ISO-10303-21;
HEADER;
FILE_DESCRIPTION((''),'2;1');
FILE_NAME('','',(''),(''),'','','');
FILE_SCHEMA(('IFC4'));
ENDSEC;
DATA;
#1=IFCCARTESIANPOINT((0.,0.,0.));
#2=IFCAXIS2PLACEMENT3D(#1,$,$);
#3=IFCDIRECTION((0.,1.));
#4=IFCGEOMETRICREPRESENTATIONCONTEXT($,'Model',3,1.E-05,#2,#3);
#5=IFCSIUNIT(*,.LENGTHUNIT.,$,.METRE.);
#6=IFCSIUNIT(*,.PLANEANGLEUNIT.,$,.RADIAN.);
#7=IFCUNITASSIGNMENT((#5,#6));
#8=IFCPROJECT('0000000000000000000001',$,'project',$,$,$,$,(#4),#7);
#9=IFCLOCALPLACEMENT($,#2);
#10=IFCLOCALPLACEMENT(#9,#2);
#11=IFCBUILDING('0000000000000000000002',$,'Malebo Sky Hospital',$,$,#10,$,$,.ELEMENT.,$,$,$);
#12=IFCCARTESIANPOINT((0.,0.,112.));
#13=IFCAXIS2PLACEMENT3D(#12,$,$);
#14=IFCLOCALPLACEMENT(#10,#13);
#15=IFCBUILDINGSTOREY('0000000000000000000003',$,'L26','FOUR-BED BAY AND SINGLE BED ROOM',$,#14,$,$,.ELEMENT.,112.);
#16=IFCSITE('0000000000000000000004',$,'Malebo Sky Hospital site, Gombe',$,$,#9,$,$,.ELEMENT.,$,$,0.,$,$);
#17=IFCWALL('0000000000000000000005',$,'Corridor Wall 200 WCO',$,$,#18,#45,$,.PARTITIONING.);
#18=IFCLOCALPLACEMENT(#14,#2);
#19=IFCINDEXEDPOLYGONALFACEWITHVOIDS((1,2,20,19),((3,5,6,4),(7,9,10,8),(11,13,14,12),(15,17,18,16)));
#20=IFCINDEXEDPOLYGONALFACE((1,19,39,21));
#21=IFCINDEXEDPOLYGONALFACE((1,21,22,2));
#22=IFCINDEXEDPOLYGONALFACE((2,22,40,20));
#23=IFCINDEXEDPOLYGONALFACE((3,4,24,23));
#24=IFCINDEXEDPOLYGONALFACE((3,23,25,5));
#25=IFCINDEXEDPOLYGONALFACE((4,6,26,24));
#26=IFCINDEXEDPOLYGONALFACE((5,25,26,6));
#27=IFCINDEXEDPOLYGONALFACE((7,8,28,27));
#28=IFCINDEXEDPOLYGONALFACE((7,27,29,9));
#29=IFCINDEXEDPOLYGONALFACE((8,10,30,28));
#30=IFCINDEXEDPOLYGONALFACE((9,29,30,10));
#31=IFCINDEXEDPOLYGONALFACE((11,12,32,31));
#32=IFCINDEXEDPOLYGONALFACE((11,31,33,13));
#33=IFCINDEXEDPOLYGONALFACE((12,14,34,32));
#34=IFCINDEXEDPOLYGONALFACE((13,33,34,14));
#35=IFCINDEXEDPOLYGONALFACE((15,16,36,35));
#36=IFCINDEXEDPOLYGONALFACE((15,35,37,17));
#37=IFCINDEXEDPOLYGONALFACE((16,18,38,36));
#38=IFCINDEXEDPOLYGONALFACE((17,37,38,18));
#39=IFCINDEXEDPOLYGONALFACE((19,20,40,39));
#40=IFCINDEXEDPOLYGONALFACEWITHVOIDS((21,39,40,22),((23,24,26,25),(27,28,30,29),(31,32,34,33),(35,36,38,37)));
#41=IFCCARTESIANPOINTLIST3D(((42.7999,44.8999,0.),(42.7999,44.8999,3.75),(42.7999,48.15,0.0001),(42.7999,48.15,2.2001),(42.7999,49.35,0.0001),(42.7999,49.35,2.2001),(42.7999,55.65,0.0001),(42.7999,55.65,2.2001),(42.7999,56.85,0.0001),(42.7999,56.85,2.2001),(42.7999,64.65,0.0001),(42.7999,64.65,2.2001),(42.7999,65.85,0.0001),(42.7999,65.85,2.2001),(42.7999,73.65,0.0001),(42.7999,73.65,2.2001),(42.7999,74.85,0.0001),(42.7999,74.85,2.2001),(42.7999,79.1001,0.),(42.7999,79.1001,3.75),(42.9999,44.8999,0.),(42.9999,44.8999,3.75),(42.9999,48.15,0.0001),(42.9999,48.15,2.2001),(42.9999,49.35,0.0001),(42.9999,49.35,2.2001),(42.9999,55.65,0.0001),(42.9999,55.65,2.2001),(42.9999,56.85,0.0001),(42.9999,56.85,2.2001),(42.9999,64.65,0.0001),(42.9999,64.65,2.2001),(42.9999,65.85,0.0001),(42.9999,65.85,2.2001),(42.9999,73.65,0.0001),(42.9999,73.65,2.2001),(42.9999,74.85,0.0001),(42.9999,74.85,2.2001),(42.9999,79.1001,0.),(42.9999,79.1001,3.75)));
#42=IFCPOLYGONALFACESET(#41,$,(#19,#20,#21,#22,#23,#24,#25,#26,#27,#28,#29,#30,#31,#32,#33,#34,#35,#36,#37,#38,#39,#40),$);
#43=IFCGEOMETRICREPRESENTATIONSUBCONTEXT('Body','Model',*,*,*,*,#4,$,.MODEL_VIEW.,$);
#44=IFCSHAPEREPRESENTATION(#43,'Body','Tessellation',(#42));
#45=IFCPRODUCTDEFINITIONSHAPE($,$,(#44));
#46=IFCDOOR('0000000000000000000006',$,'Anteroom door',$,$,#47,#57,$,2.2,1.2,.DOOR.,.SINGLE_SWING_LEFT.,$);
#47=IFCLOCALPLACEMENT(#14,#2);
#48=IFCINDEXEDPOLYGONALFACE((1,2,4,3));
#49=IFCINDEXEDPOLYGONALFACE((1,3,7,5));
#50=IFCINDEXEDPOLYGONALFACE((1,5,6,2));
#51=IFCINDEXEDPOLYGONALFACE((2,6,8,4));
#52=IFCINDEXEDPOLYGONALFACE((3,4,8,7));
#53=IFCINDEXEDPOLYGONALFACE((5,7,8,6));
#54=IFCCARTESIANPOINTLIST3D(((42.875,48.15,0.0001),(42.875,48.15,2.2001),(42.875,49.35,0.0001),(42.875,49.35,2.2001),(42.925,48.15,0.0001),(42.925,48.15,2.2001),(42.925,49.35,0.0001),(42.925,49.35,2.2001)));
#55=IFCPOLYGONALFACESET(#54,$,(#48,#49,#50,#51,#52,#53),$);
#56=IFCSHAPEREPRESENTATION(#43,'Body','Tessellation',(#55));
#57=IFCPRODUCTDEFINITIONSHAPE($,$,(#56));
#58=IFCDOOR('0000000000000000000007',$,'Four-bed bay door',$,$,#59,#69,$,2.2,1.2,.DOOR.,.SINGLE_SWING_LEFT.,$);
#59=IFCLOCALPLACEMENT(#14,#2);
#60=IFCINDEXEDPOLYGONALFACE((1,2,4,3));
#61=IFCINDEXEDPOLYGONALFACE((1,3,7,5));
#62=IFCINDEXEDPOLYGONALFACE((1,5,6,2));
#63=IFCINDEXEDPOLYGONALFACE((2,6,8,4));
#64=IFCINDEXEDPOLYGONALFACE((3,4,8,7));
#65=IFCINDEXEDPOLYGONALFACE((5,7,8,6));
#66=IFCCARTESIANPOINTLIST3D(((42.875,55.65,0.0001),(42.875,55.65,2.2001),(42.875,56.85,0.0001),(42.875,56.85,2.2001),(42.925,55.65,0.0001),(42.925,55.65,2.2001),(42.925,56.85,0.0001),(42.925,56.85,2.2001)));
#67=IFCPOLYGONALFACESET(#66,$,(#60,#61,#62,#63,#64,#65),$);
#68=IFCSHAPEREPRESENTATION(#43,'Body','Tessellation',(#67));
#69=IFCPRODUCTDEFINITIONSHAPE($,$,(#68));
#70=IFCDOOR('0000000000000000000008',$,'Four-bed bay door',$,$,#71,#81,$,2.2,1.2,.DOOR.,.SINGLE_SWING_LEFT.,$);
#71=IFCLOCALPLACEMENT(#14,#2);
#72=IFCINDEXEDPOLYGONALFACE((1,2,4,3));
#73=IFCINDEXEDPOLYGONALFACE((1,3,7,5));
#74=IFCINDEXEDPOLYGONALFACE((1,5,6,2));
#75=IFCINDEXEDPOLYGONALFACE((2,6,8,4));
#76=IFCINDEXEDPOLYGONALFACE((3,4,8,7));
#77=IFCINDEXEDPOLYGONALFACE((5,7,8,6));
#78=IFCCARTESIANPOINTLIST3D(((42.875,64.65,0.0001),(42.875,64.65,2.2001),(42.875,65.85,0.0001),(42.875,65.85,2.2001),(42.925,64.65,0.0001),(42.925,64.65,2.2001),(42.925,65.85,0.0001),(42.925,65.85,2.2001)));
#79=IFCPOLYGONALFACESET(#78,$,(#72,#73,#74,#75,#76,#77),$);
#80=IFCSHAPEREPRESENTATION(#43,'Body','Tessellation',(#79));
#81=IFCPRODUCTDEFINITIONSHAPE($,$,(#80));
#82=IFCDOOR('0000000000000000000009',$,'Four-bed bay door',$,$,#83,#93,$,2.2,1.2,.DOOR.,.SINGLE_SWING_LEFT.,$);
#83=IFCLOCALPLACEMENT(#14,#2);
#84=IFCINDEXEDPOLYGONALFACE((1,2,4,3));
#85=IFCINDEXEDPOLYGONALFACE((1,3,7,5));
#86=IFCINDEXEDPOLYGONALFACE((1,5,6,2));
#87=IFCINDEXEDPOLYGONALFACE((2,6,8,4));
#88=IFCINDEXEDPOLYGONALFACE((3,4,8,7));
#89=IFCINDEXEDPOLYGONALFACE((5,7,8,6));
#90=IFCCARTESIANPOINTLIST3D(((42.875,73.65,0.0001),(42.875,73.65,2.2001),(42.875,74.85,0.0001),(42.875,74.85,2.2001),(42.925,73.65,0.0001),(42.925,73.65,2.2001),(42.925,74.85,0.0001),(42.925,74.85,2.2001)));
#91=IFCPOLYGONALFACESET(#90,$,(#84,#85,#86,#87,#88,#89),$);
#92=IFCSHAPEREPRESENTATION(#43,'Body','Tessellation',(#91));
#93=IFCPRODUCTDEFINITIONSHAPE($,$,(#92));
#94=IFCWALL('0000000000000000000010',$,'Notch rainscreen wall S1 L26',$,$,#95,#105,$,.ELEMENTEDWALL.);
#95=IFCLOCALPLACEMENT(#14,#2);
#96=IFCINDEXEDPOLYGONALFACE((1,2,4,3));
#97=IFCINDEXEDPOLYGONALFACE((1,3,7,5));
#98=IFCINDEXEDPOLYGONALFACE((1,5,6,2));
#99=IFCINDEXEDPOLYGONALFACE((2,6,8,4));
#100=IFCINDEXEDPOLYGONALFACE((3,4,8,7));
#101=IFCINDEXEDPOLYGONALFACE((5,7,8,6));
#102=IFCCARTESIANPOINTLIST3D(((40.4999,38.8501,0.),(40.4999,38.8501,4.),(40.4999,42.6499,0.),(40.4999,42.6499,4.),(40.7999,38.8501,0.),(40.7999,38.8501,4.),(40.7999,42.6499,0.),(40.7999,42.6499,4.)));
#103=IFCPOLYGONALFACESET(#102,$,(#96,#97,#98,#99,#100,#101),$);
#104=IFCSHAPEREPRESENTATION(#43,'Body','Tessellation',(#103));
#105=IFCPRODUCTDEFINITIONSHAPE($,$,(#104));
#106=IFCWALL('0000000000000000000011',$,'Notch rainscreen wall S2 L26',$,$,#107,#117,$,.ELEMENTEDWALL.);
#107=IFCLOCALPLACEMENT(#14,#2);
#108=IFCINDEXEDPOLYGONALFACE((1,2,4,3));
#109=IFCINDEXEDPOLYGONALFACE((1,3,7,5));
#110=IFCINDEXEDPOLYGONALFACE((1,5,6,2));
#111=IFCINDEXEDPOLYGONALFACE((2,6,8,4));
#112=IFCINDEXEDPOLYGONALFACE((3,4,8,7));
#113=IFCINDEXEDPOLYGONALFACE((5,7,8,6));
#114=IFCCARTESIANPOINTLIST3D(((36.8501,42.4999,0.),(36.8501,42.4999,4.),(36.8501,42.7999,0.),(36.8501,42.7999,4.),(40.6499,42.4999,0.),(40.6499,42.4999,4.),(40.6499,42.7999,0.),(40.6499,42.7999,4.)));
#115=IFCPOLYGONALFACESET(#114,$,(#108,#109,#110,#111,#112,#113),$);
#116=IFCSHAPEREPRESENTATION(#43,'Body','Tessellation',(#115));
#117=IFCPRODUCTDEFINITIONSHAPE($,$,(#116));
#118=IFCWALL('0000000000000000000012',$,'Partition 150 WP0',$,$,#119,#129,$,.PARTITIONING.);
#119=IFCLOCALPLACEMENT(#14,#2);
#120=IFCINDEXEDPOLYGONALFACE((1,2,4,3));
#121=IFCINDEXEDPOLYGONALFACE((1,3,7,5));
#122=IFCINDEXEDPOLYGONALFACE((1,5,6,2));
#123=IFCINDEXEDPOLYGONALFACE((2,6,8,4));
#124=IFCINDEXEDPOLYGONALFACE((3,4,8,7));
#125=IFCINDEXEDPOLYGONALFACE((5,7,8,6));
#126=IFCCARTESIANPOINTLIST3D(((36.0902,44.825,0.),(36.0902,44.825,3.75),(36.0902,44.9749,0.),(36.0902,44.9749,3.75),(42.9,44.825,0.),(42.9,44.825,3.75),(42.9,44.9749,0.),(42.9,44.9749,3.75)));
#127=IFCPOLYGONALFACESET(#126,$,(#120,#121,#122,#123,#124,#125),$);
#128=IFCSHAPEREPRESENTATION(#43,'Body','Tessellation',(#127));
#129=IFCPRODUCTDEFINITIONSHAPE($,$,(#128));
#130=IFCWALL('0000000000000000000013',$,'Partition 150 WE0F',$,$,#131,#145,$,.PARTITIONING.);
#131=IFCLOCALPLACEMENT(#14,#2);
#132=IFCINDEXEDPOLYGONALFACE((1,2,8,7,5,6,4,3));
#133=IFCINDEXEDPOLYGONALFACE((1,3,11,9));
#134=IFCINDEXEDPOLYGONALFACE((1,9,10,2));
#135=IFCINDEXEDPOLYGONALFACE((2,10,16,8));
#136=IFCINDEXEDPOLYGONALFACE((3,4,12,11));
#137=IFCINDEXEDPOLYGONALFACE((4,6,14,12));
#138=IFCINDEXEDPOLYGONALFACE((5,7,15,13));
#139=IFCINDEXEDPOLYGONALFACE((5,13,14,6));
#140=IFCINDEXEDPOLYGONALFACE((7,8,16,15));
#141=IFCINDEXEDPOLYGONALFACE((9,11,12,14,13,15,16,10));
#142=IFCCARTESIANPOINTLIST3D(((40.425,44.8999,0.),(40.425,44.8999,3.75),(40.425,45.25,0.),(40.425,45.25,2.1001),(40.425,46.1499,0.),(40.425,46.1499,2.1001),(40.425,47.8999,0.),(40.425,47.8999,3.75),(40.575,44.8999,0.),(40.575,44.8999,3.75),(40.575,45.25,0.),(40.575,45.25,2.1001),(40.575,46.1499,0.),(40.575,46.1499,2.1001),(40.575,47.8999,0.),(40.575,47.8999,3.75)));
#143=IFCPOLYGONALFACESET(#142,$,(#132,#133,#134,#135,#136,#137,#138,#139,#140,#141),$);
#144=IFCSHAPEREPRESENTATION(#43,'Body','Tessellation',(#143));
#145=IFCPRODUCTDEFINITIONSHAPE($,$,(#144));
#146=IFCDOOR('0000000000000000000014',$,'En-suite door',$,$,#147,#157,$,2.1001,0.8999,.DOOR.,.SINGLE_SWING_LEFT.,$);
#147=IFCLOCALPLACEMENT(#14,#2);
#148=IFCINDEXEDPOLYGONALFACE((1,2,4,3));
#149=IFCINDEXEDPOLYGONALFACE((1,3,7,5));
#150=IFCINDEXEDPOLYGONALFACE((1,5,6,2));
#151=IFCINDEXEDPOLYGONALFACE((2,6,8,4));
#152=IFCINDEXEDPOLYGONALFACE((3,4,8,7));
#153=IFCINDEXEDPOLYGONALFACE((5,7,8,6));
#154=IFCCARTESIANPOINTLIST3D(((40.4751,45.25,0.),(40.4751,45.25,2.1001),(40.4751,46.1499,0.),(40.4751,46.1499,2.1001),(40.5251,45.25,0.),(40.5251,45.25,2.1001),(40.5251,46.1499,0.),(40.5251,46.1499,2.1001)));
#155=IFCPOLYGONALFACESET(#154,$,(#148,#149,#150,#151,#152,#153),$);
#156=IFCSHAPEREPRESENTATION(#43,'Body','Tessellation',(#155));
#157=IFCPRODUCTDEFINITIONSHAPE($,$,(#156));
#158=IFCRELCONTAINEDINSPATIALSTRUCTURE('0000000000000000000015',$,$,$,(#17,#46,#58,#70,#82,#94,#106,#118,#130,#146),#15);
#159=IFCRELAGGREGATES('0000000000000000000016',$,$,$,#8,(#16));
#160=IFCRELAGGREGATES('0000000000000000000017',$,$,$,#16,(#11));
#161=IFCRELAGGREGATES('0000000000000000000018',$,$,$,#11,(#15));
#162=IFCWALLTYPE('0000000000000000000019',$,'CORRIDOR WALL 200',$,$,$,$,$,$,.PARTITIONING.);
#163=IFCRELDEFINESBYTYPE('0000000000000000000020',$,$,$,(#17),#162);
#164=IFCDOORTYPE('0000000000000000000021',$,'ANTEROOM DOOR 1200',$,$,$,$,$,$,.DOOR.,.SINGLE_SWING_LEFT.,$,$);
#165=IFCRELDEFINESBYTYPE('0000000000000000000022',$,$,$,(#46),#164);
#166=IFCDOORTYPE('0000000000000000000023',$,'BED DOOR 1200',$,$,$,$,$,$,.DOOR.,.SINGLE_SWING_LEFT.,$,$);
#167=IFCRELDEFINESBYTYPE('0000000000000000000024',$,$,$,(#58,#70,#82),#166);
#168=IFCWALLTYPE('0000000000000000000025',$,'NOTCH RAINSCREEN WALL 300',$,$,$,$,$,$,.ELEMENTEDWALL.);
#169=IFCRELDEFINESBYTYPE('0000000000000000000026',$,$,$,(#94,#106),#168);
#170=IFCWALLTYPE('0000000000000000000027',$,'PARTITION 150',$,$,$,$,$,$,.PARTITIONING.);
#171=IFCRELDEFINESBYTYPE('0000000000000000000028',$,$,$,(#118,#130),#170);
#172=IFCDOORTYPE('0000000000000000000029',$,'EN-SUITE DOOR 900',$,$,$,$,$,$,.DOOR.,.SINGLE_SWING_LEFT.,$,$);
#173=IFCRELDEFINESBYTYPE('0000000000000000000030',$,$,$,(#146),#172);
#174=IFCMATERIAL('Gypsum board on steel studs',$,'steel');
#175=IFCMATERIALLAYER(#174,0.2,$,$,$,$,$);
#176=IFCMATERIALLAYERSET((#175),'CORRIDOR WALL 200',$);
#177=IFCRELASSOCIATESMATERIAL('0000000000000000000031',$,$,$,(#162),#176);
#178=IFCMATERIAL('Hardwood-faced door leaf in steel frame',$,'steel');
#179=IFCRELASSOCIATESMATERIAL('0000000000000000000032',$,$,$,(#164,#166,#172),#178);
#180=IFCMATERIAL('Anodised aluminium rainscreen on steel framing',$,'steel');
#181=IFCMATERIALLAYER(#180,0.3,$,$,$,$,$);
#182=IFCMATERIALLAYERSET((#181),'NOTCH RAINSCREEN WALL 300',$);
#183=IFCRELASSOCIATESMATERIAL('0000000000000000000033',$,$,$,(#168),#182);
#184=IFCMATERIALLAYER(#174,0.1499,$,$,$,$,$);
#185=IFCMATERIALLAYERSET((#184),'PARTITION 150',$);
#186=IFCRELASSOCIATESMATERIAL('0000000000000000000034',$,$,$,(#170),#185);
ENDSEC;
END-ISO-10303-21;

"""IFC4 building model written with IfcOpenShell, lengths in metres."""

from ifc_helpers import new_model, si_unit, direction, frame, frame_2d, origin, place, context, subcontext, project, spatial, rectangle, extrude, material, layer, layer_set, type_object, element, fill, save


model = new_model("IFC4")

# Units and contexts
model_context = context("Model", 3, precision=1e-05, world=origin(), true_north=direction((0.0, 1.0)))
body_context = subcontext(model_context, "Body", "Model", "MODEL_VIEW")
ifc_project = project(units=[si_unit("LENGTHUNIT", "METRE"), si_unit("PLANEANGLEUNIT", "RADIAN")], contexts=[model_context])

# Site, building, storey
site_placement = place(None, origin())
site = spatial("IfcSite", under=ifc_project, at=site_placement, Name="Malebo Sky Hospital site, Gombe", CompositionType="ELEMENT", RefElevation=0.0)
building_placement = place(site_placement, origin())
building = spatial("IfcBuilding", under=site, at=building_placement, Name="Malebo Sky Hospital", CompositionType="ELEMENT")
storey_placement = place(building_placement, frame((0.0, 0.0, 112.0)))
storey = spatial("IfcBuildingStorey", under=building, at=storey_placement, Name="L26", Description="FOUR-BED BAY AND SINGLE BED ROOM", CompositionType="ELEMENT", Elevation=112.0)

# Wall, openings, doors
ifc_material_1 = material(Name="Gypsum board on steel studs", Category="steel")
ifc_layer_1 = layer(ifc_material_1, 0.2)
ifc_layer_set_1 = layer_set([ifc_layer_1], Name="CORRIDOR WALL 200")
wall_type_1 = type_object("IfcWallType", Name="CORRIDOR WALL 200", PredefinedType="PARTITIONING", material=ifc_layer_set_1)
wall_1_placement = place(storey_placement, frame((42.8999, 44.8999, 0.0), z_axis=(0.0, 0.0, 1.0), x_axis=(0.0, 1.0, 0.0)))
wall_1 = element("IfcWall", 1, at=wall_1_placement, inside=storey, type_object=wall_type_1, Name="Corridor Wall 200 WCO", PredefinedType="PARTITIONING", context=body_context, shape_type="SweptSolid", body=[
    extrude(rectangle(XDim=34.2002, YDim=0.2, at=frame_2d((17.1001, 0.0))), origin(), (0.0, 0.0, 1.0), 3.75),
])
opening_1_placement = place(wall_1_placement, frame((3.25, 0.0, 0.0)))
opening_1 = element("IfcOpeningElement", 2, at=opening_1_placement, cuts=wall_1, PredefinedType="OPENING", context=body_context, shape_type="SweptSolid", body=[
    extrude(rectangle(XDim=1.2, YDim=2.2, at=frame_2d((0.6001, 1.1001))), frame((0.0, 0.1099, 0.0), z_axis=(0.0, -1.0, 0.0), x_axis=(1.0, 0.0, 0.0)), (0.0, 0.0, 1.0), 0.22),
])
opening_2_placement = place(wall_1_placement, frame((10.75, 0.0, 0.0)))
opening_2 = element("IfcOpeningElement", 3, at=opening_2_placement, cuts=wall_1, PredefinedType="OPENING", context=body_context, shape_type="SweptSolid", body=[
    extrude(rectangle(XDim=1.2, YDim=2.2, at=frame_2d((0.6001, 1.1001))), frame((0.0, 0.1099, 0.0), z_axis=(0.0, -1.0, 0.0), x_axis=(1.0, 0.0, 0.0)), (0.0, 0.0, 1.0), 0.22),
])
opening_3_placement = place(wall_1_placement, frame((19.75, 0.0, 0.0)))
opening_3 = element("IfcOpeningElement", 4, at=opening_3_placement, cuts=wall_1, PredefinedType="OPENING", context=body_context, shape_type="SweptSolid", body=[
    extrude(rectangle(XDim=1.2, YDim=2.2, at=frame_2d((0.6001, 1.1001))), frame((0.0, 0.1099, 0.0), z_axis=(0.0, -1.0, 0.0), x_axis=(1.0, 0.0, 0.0)), (0.0, 0.0, 1.0), 0.22),
])
opening_4_placement = place(wall_1_placement, frame((28.75, 0.0, 0.0)))
opening_4 = element("IfcOpeningElement", 5, at=opening_4_placement, cuts=wall_1, PredefinedType="OPENING", context=body_context, shape_type="SweptSolid", body=[
    extrude(rectangle(XDim=1.2, YDim=2.2, at=frame_2d((0.6001, 1.1001))), frame((0.0, 0.1099, 0.0), z_axis=(0.0, -1.0, 0.0), x_axis=(1.0, 0.0, 0.0)), (0.0, 0.0, 1.0), 0.22),
])
ifc_material_2 = material(Name="Hardwood-faced door leaf in steel frame", Category="steel")
door_type_1 = type_object("IfcDoorType", Name="ANTEROOM DOOR 1200", OperationType="SINGLE_SWING_LEFT", PredefinedType="DOOR", material=ifc_material_2)
door_1_placement = place(opening_1_placement, origin())
door_1 = element("IfcDoor", 6, at=door_1_placement, inside=storey, type_object=door_type_1, Name="Anteroom door", OperationType="SINGLE_SWING_LEFT", OverallHeight=2.2, OverallWidth=1.2, PredefinedType="DOOR", context=body_context, shape_type="SweptSolid", body=[
    extrude(rectangle(XDim=1.2, YDim=2.2, at=frame_2d((0.6001, 1.1001))), frame((0.0, 0.0249, 0.0), z_axis=(0.0, -1.0, 0.0), x_axis=(1.0, 0.0, 0.0)), (0.0, 0.0, 1.0), 0.05),
])
fill(opening_1, door_1)
door_type_2 = type_object("IfcDoorType", Name="BED DOOR 1200", OperationType="SINGLE_SWING_LEFT", PredefinedType="DOOR", material=ifc_material_2)
door_2_placement = place(opening_2_placement, origin())
door_2 = element("IfcDoor", 7, at=door_2_placement, inside=storey, type_object=door_type_2, Name="Four-bed bay door", OperationType="SINGLE_SWING_LEFT", OverallHeight=2.2, OverallWidth=1.2, PredefinedType="DOOR", context=body_context, shape_type="SweptSolid", body=[
    extrude(rectangle(XDim=1.2, YDim=2.2, at=frame_2d((0.6001, 1.1001))), frame((0.0, 0.0249, 0.0), z_axis=(0.0, -1.0, 0.0), x_axis=(1.0, 0.0, 0.0)), (0.0, 0.0, 1.0), 0.05),
])
fill(opening_2, door_2)
door_3_placement = place(opening_3_placement, origin())
door_3 = element("IfcDoor", 8, at=door_3_placement, inside=storey, type_object=door_type_2, Name="Four-bed bay door", OperationType="SINGLE_SWING_LEFT", OverallHeight=2.2, OverallWidth=1.2, PredefinedType="DOOR", context=body_context, shape_type="SweptSolid", body=[
    extrude(rectangle(XDim=1.2, YDim=2.2, at=frame_2d((0.6001, 1.1001))), frame((0.0, 0.0249, 0.0), z_axis=(0.0, -1.0, 0.0), x_axis=(1.0, 0.0, 0.0)), (0.0, 0.0, 1.0), 0.05),
])
fill(opening_3, door_3)
door_4_placement = place(opening_4_placement, origin())
door_4 = element("IfcDoor", 9, at=door_4_placement, inside=storey, type_object=door_type_2, Name="Four-bed bay door", OperationType="SINGLE_SWING_LEFT", OverallHeight=2.2, OverallWidth=1.2, PredefinedType="DOOR", context=body_context, shape_type="SweptSolid", body=[
    extrude(rectangle(XDim=1.2, YDim=2.2, at=frame_2d((0.6001, 1.1001))), frame((0.0, 0.0249, 0.0), z_axis=(0.0, -1.0, 0.0), x_axis=(1.0, 0.0, 0.0)), (0.0, 0.0, 1.0), 0.05),
])
fill(opening_4, door_4)

# Walls
ifc_material_3 = material(Name="Anodised aluminium rainscreen on steel framing", Category="steel")
ifc_layer_2 = layer(ifc_material_3, 0.3)
ifc_layer_set_2 = layer_set([ifc_layer_2], Name="NOTCH RAINSCREEN WALL 300")
wall_type_2 = type_object("IfcWallType", Name="NOTCH RAINSCREEN WALL 300", PredefinedType="ELEMENTEDWALL", material=ifc_layer_set_2)
for number, where, z_axis, x_axis, name in (
    (10, (40.6499, 38.8501, 0.0), (0.0, 0.0, 1.0), (0.0, 1.0, 0.0), "Notch rainscreen wall S1 L26"),
    (11, (40.6499, 42.6499, 0.0), (0.0, 0.0, 1.0), (-1.0, 0.0, 0.0), "Notch rainscreen wall S2 L26"),
):
    element("IfcWall", number, at=place(storey_placement, frame(where, z_axis=z_axis, x_axis=x_axis)), inside=storey, type_object=wall_type_2, Name=name, PredefinedType="ELEMENTEDWALL", context=body_context, shape_type="SweptSolid", body=[
        extrude(rectangle(XDim=3.7998, YDim=0.3, at=frame_2d((1.8999, 0.0))), origin(), (0.0, 0.0, 1.0), 4.0),
    ])
ifc_layer_3 = layer(ifc_material_1, 0.1499)
ifc_layer_set_3 = layer_set([ifc_layer_3], Name="PARTITION 150")
wall_type_3 = type_object("IfcWallType", Name="PARTITION 150", PredefinedType="PARTITIONING", material=ifc_layer_set_3)
wall_2_placement = place(storey_placement, frame((42.8999, 44.8999, 0.0), z_axis=(0.0, 0.0, 1.0), x_axis=(-1.0, 0.0, 0.0)))
element("IfcWall", 12, at=wall_2_placement, inside=storey, type_object=wall_type_3, Name="Partition 150 WP0", PredefinedType="PARTITIONING", context=body_context, shape_type="SweptSolid", body=[
    extrude(rectangle(XDim=6.8098, YDim=0.1499, at=frame_2d((3.4048, 0.0))), origin(), (0.0, 0.0, 1.0), 3.75),
])

# Wall, opening, door
wall_3_placement = place(storey_placement, frame((40.5, 44.8999, 0.0), z_axis=(0.0, 0.0, 1.0), x_axis=(0.0, 1.0, 0.0)))
wall_3 = element("IfcWall", 13, at=wall_3_placement, inside=storey, type_object=wall_type_3, Name="Partition 150 WE0F", PredefinedType="PARTITIONING", context=body_context, shape_type="SweptSolid", body=[
    extrude(rectangle(XDim=3.0, YDim=0.1499, at=frame_2d((1.5, 0.0))), origin(), (0.0, 0.0, 1.0), 3.75),
])
opening_5_placement = place(wall_3_placement, frame((0.3501, 0.0, 0.0)))
opening_5 = element("IfcOpeningElement", 14, at=opening_5_placement, cuts=wall_3, PredefinedType="OPENING", context=body_context, shape_type="SweptSolid", body=[
    extrude(rectangle(XDim=0.8999, YDim=2.1001, at=frame_2d((0.45, 1.05))), frame((0.0, 0.085, 0.0), z_axis=(0.0, -1.0, 0.0), x_axis=(1.0, 0.0, 0.0)), (0.0, 0.0, 1.0), 0.1699),
])
door_type_3 = type_object("IfcDoorType", Name="EN-SUITE DOOR 900", OperationType="SINGLE_SWING_LEFT", PredefinedType="DOOR", material=ifc_material_2)
door_5_placement = place(opening_5_placement, origin())
door_5 = element("IfcDoor", 15, at=door_5_placement, inside=storey, type_object=door_type_3, Name="En-suite door", OperationType="SINGLE_SWING_LEFT", OverallHeight=2.1001, OverallWidth=0.8999, PredefinedType="DOOR", context=body_context, shape_type="SweptSolid", body=[
    extrude(rectangle(XDim=0.8999, YDim=2.1001, at=frame_2d((0.45, 1.05))), frame((0.0, 0.0249, 0.0), z_axis=(0.0, -1.0, 0.0), x_axis=(1.0, 0.0, 0.0)), (0.0, 0.0, 1.0), 0.05),
])
fill(opening_5, door_5)

save(model, "model.ifc")
